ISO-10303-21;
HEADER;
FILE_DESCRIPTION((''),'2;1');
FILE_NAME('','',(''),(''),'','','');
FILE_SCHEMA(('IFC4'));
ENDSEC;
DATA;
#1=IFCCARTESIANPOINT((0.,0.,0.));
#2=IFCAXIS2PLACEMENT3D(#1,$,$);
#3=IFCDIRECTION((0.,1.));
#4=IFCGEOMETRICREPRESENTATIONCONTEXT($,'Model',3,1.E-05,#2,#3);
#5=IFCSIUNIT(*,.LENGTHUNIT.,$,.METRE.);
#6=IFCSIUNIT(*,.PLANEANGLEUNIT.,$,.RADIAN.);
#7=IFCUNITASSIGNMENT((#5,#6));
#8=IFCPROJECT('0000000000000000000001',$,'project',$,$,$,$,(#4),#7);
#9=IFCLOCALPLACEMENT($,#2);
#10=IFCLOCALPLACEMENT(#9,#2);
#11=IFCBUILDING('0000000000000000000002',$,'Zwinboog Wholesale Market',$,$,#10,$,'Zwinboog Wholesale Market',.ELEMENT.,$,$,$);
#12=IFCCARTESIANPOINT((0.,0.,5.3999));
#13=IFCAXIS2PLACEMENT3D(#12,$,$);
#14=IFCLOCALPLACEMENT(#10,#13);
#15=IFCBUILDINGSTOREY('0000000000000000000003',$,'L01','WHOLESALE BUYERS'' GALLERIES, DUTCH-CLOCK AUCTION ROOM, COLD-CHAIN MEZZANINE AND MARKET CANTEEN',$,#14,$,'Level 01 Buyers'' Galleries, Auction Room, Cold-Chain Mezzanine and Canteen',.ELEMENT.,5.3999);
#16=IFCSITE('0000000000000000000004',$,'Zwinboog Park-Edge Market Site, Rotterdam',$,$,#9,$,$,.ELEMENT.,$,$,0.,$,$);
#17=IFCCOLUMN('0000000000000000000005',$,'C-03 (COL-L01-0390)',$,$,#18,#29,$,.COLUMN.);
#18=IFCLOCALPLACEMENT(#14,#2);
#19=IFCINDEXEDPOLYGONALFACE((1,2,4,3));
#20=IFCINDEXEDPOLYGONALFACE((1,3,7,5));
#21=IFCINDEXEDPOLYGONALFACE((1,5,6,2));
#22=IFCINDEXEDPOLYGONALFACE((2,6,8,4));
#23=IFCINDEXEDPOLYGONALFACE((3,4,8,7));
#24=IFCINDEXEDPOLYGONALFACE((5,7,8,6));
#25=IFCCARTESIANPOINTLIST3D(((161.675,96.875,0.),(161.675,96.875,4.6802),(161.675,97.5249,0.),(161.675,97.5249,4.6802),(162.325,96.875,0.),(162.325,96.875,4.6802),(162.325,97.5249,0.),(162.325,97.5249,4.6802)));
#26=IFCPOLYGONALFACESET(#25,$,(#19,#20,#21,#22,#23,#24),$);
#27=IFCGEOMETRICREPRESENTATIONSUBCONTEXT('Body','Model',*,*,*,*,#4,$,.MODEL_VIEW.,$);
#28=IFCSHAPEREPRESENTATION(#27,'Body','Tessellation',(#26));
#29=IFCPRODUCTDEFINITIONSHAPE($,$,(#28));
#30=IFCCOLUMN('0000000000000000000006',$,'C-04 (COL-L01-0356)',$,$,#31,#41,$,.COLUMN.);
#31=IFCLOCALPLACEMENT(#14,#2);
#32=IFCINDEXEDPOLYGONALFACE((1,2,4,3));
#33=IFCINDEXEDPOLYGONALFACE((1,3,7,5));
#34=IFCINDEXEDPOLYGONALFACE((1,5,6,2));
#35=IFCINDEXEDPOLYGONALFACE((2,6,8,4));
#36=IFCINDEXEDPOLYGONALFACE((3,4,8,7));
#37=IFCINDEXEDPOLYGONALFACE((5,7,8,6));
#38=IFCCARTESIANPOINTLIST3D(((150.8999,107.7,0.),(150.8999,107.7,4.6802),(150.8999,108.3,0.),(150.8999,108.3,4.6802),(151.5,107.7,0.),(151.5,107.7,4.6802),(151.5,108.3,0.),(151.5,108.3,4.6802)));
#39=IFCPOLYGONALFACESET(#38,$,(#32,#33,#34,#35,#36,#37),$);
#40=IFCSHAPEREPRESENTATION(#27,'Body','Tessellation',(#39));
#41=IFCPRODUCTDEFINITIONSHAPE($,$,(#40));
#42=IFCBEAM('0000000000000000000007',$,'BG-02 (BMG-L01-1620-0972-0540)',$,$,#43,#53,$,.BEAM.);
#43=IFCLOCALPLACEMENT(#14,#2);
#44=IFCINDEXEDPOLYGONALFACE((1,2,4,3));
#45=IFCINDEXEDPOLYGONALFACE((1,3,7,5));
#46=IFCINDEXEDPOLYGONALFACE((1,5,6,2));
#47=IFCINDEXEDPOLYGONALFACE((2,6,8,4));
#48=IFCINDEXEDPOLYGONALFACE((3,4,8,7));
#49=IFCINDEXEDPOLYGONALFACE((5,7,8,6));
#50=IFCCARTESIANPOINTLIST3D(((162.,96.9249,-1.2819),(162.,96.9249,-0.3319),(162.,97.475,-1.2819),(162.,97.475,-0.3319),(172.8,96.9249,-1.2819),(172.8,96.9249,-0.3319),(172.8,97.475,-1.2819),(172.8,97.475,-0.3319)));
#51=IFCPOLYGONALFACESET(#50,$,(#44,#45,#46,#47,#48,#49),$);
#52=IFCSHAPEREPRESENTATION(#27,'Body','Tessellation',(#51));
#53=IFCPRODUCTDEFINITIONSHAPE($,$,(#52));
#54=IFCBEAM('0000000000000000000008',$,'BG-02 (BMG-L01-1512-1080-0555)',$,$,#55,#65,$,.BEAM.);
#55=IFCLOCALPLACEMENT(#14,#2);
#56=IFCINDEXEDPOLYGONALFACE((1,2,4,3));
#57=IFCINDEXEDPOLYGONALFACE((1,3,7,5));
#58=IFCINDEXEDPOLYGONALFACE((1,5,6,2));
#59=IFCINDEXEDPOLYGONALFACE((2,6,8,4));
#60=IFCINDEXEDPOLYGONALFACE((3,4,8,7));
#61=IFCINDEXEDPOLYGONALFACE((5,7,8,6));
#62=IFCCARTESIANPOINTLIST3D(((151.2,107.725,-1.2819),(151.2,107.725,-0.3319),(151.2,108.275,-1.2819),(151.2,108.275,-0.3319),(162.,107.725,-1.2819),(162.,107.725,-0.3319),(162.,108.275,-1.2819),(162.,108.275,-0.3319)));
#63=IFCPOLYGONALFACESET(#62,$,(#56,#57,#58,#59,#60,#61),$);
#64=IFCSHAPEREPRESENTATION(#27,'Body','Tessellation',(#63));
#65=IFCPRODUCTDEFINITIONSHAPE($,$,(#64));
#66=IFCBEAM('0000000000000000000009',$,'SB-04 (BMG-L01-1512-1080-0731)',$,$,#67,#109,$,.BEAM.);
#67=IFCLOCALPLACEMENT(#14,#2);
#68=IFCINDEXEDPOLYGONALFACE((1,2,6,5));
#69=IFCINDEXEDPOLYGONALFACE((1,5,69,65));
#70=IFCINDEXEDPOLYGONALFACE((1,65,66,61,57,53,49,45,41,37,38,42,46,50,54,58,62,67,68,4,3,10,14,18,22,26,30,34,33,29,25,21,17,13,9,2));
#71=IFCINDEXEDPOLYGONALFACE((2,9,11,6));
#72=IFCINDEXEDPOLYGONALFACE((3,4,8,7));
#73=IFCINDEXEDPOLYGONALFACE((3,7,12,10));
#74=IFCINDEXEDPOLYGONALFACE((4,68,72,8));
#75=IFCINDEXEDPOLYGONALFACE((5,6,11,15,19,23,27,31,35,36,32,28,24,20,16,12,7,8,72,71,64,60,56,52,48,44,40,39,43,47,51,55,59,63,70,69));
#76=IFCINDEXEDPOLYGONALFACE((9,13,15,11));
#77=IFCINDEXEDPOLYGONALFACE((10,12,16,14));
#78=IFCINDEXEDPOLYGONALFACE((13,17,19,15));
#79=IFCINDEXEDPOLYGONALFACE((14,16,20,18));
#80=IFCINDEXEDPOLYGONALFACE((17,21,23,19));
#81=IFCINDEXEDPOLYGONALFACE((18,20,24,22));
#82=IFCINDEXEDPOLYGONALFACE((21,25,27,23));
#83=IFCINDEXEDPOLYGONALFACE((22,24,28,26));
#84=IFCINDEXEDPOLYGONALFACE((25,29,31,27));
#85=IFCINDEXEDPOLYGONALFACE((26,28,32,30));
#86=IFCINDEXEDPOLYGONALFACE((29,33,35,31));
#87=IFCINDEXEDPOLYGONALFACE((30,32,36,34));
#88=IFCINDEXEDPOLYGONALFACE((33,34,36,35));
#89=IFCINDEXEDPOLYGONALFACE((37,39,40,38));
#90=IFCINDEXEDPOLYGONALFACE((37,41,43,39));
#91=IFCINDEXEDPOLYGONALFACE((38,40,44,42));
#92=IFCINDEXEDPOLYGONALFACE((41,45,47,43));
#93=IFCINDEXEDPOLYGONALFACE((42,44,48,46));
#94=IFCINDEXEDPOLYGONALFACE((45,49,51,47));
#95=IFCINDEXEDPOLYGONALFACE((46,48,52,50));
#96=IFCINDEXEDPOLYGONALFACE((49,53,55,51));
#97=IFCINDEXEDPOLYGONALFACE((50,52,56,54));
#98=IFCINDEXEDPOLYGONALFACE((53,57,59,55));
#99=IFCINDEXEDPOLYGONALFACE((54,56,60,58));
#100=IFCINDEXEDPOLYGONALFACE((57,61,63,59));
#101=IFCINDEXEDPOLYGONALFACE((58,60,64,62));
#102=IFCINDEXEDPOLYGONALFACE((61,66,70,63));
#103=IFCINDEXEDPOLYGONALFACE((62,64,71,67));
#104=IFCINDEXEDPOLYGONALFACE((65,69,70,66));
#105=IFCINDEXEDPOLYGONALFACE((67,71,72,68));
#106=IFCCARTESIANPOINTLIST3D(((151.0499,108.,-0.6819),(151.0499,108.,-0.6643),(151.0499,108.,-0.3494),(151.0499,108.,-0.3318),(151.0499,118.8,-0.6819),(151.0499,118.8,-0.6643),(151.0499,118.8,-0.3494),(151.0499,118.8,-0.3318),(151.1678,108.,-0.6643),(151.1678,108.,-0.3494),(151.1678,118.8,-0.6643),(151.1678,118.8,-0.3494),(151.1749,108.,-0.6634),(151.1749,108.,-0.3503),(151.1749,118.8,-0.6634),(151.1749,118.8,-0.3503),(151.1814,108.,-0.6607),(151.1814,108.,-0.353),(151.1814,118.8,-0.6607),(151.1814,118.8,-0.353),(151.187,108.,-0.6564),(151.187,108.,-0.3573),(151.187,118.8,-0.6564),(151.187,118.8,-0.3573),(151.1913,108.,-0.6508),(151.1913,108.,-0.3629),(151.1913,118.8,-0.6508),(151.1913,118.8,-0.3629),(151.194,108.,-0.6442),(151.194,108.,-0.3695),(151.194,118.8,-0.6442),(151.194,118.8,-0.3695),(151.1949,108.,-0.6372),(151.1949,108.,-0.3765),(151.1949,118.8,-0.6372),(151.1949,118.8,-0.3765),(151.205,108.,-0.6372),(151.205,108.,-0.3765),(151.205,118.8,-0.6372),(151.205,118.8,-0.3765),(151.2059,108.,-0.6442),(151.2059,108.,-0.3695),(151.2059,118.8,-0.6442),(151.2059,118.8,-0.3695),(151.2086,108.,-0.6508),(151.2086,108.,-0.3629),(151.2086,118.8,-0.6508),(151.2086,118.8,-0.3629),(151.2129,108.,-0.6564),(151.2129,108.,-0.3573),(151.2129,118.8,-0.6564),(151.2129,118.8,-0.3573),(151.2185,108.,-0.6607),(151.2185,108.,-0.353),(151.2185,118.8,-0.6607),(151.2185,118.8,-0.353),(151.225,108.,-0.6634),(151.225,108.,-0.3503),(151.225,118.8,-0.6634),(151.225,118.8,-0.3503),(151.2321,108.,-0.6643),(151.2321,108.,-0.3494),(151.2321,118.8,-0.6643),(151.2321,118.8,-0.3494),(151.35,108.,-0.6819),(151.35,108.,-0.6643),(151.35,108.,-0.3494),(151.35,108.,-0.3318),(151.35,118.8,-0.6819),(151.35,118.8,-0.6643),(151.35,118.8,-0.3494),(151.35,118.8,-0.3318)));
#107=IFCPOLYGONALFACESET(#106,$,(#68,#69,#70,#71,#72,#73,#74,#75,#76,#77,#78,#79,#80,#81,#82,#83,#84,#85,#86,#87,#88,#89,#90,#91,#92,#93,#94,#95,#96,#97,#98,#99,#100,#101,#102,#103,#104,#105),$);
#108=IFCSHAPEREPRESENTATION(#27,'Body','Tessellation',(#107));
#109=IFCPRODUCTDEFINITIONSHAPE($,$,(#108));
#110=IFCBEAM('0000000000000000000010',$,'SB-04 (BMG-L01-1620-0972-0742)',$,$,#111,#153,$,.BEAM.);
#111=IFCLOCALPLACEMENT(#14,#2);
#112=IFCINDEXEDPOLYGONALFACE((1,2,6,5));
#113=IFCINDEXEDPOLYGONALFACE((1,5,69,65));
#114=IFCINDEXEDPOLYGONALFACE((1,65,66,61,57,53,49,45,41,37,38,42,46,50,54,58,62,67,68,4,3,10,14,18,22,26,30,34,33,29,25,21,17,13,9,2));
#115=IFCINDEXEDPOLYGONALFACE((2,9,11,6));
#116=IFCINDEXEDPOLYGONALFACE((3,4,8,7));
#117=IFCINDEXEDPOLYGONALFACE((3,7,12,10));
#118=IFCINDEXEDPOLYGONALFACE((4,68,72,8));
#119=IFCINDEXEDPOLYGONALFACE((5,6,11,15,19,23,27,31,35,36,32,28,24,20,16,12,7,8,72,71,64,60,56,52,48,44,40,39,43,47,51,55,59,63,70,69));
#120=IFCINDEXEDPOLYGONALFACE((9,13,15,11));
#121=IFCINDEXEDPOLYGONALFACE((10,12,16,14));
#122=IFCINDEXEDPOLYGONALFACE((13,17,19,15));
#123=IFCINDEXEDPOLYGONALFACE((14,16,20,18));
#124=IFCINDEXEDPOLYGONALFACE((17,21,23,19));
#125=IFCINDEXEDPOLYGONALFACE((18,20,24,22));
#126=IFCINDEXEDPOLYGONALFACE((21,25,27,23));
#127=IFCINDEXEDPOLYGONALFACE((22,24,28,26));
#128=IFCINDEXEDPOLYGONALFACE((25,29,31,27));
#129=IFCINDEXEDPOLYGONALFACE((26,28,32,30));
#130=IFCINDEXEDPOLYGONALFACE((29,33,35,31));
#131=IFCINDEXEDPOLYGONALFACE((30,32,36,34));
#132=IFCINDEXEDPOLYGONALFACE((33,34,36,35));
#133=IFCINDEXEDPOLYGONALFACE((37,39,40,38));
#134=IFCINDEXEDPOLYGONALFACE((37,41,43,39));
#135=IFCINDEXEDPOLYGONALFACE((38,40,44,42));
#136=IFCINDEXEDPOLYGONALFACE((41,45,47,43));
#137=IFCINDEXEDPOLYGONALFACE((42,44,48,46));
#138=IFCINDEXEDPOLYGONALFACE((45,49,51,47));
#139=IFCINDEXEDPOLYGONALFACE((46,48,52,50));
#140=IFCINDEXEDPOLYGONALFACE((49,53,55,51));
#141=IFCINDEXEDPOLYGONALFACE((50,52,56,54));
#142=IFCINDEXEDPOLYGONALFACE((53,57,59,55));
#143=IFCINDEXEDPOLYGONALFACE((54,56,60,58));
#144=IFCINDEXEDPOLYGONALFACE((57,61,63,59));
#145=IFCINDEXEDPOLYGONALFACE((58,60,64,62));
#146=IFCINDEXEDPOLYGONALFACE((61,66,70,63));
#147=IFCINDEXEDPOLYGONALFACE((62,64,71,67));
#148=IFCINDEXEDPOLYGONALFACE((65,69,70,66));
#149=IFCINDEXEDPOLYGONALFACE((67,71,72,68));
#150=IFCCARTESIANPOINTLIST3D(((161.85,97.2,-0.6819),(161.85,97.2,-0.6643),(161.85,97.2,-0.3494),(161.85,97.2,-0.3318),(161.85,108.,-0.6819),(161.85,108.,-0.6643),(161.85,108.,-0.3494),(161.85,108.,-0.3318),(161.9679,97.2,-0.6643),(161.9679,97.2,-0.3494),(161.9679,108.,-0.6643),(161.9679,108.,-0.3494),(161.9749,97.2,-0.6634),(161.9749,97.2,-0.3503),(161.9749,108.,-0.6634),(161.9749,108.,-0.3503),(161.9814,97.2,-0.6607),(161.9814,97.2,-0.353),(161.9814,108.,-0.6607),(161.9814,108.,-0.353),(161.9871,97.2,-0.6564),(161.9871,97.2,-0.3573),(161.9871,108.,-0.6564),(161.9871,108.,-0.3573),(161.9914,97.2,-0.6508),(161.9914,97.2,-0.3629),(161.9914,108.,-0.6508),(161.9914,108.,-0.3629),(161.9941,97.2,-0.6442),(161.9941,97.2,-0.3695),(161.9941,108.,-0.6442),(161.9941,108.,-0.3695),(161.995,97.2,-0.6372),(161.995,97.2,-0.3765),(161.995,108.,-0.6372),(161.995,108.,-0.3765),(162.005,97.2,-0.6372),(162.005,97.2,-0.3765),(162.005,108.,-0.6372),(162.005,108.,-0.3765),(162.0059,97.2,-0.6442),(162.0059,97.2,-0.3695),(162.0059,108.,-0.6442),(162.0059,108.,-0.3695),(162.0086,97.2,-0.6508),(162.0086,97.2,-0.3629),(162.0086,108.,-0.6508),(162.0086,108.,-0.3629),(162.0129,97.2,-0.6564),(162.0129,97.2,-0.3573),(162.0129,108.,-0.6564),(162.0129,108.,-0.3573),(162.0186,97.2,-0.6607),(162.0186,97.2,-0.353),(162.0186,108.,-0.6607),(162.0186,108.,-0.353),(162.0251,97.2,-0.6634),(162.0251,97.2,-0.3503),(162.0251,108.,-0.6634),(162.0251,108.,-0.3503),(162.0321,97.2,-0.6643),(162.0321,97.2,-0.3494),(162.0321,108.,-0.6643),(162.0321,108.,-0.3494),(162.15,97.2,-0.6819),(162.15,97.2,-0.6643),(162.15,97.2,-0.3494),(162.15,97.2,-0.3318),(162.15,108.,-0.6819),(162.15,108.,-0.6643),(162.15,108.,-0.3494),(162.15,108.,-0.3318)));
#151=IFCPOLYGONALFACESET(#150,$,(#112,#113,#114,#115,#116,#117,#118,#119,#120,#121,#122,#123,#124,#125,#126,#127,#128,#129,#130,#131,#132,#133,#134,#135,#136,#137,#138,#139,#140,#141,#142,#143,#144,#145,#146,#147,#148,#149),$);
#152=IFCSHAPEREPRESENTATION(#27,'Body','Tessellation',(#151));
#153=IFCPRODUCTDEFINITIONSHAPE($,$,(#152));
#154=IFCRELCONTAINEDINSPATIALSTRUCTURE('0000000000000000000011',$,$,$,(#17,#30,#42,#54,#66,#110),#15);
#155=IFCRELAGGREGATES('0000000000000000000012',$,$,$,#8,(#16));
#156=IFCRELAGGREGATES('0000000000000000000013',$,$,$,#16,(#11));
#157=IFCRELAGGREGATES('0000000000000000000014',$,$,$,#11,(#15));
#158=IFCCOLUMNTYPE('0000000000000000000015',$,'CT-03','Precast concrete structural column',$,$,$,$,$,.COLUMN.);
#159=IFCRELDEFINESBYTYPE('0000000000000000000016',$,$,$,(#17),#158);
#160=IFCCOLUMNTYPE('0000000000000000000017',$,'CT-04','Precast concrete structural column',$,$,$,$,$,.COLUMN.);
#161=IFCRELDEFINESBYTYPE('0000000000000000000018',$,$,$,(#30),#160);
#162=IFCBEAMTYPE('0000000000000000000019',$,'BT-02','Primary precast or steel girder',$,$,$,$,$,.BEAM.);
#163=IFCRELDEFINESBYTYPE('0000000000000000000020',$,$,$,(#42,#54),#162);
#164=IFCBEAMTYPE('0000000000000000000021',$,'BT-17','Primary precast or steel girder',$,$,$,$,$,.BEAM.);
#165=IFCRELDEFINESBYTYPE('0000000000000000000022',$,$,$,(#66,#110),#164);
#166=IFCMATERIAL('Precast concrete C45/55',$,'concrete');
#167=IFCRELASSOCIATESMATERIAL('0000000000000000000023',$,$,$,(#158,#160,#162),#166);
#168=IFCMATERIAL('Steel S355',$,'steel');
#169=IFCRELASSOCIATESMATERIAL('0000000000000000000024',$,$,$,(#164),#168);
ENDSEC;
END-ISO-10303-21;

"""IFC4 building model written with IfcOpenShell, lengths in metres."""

from ifc_helpers import new_model, si_unit, direction, frame, origin, origin_2d, place, context, subcontext, project, spatial, rectangle, i_section, extrude, material, material_profile, profile_set, type_object, element, save


model = new_model("IFC4")

# Units and contexts
model_context = context("Model", 3, precision=1e-05, world=origin(), true_north=direction((0.0, 1.0)))
body_context = subcontext(model_context, "Body", "Model", "MODEL_VIEW")
ifc_project = project(units=[si_unit("LENGTHUNIT", "METRE"), si_unit("PLANEANGLEUNIT", "RADIAN")], contexts=[model_context])

# Site, building, storey
site_placement = place(None, origin())
site = spatial("IfcSite", under=ifc_project, at=site_placement, Name="Zwinboog Park-Edge Market Site, Rotterdam", CompositionType="ELEMENT", RefElevation=0.0)
building_placement = place(site_placement, origin())
building = spatial("IfcBuilding", under=site, at=building_placement, Name="Zwinboog Wholesale Market", LongName="Zwinboog Wholesale Market", CompositionType="ELEMENT")
storey_placement = place(building_placement, frame((0.0, 0.0, 5.3999)))
storey = spatial("IfcBuildingStorey", under=building, at=storey_placement, Name="L01", Description="WHOLESALE BUYERS' GALLERIES, DUTCH-CLOCK AUCTION ROOM, COLD-CHAIN MEZZANINE AND MARKET CANTEEN", LongName="Level 01 Buyers' Galleries, Auction Room, Cold-Chain Mezzanine and Canteen", CompositionType="ELEMENT", Elevation=5.3999)

# Columns
ifc_material_1 = material(Name="Precast concrete C45/55", Category="concrete")
ifc_material_profile_1 = material_profile(ifc_material_1, rectangle(XDim=0.6499, YDim=0.6499, at=origin_2d()), Name="PC 650x650")
ifc_profile_set_1 = profile_set([ifc_material_profile_1], Name="Precast concrete C45/55")
column_type_1 = type_object("IfcColumnType", Name="CT-03", Description="Precast concrete structural column", PredefinedType="COLUMN", material=ifc_profile_set_1)
column_1_placement = place(storey_placement, frame((162.0, 97.2, 0.0), z_axis=(0.0, 0.0, 1.0), x_axis=(1.0, 0.0, 0.0)))
element("IfcColumn", 1, at=column_1_placement, inside=storey, type_object=column_type_1, Name="C-03 (COL-L01-0390)", PredefinedType="COLUMN", context=body_context, shape_type="SweptSolid", body=[
    extrude(rectangle(XDim=0.6499, YDim=0.6499, at=origin_2d()), origin(), (0.0, 0.0, 1.0), 4.6802),
])
ifc_material_profile_2 = material_profile(ifc_material_1, rectangle(XDim=0.6001, YDim=0.6001, at=origin_2d()), Name="PC 600x600")
ifc_profile_set_2 = profile_set([ifc_material_profile_2], Name="Precast concrete C45/55")
column_type_2 = type_object("IfcColumnType", Name="CT-04", Description="Precast concrete structural column", PredefinedType="COLUMN", material=ifc_profile_set_2)
column_2_placement = place(storey_placement, frame((151.2, 108.0, 0.0), z_axis=(0.0, 0.0, 1.0), x_axis=(1.0, 0.0, 0.0)))
element("IfcColumn", 2, at=column_2_placement, inside=storey, type_object=column_type_2, Name="C-04 (COL-L01-0356)", PredefinedType="COLUMN", context=body_context, shape_type="SweptSolid", body=[
    extrude(rectangle(XDim=0.6001, YDim=0.6001, at=origin_2d()), origin(), (0.0, 0.0, 1.0), 4.6802),
])

# Beams
ifc_material_profile_3 = material_profile(ifc_material_1, rectangle(XDim=0.55, YDim=0.95, at=origin_2d()), Name="PC 550x950")
ifc_profile_set_3 = profile_set([ifc_material_profile_3], Name="Precast concrete C45/55")
beam_type_1 = type_object("IfcBeamType", Name="BT-02", Description="Primary precast or steel girder", PredefinedType="BEAM", material=ifc_profile_set_3)
for number, where, z_axis, x_axis, name in (
    (3, (162.0, 97.2, -0.8069), (1.0, 0.0, 0.0), (0.0, 1.0, 0.0), "BG-02 (BMG-L01-1620-0972-0540)"),
    (4, (151.2, 108.0, -0.8069), (1.0, 0.0, 0.0), (0.0, 1.0, 0.0), "BG-02 (BMG-L01-1512-1080-0555)"),
):
    element("IfcBeam", number, at=place(storey_placement, frame(where, z_axis=z_axis, x_axis=x_axis)), inside=storey, type_object=beam_type_1, Name=name, PredefinedType="BEAM", context=body_context, shape_type="SweptSolid", body=[
        extrude(rectangle(XDim=0.55, YDim=0.95, at=origin_2d()), origin(), (0.0, 0.0, 1.0), 10.8),
    ])
ifc_material_2 = material(Name="Steel S355", Category="steel")
ifc_material_profile_4 = material_profile(ifc_material_2, i_section(OverallWidth=0.3, OverallDepth=0.3501, WebThickness=0.01, FlangeThickness=0.0176, FilletRadius=0.0271, at=origin_2d()), Name="HEA 360")
ifc_profile_set_4 = profile_set([ifc_material_profile_4], Name="Steel S355")
beam_type_2 = type_object("IfcBeamType", Name="BT-17", Description="Primary precast or steel girder", PredefinedType="BEAM", material=ifc_profile_set_4)
for number, where, z_axis, x_axis, name in (
    (5, (151.2, 108.0, -0.5068), (0.0, 1.0, 0.0), (-1.0, 0.0, 0.0), "SB-04 (BMG-L01-1512-1080-0731)"),
    (6, (162.0, 97.2, -0.5068), (0.0, 1.0, 0.0), (-1.0, 0.0, 0.0), "SB-04 (BMG-L01-1620-0972-0742)"),
):
    element("IfcBeam", number, at=place(storey_placement, frame(where, z_axis=z_axis, x_axis=x_axis)), inside=storey, type_object=beam_type_2, Name=name, PredefinedType="BEAM", context=body_context, shape_type="SweptSolid", body=[
        extrude(i_section(OverallWidth=0.3, OverallDepth=0.3501, WebThickness=0.01, FlangeThickness=0.0176, FilletRadius=0.0271, at=origin_2d()), origin(), (0.0, 0.0, 1.0), 10.8),
    ])

save(model, "model.ifc")
